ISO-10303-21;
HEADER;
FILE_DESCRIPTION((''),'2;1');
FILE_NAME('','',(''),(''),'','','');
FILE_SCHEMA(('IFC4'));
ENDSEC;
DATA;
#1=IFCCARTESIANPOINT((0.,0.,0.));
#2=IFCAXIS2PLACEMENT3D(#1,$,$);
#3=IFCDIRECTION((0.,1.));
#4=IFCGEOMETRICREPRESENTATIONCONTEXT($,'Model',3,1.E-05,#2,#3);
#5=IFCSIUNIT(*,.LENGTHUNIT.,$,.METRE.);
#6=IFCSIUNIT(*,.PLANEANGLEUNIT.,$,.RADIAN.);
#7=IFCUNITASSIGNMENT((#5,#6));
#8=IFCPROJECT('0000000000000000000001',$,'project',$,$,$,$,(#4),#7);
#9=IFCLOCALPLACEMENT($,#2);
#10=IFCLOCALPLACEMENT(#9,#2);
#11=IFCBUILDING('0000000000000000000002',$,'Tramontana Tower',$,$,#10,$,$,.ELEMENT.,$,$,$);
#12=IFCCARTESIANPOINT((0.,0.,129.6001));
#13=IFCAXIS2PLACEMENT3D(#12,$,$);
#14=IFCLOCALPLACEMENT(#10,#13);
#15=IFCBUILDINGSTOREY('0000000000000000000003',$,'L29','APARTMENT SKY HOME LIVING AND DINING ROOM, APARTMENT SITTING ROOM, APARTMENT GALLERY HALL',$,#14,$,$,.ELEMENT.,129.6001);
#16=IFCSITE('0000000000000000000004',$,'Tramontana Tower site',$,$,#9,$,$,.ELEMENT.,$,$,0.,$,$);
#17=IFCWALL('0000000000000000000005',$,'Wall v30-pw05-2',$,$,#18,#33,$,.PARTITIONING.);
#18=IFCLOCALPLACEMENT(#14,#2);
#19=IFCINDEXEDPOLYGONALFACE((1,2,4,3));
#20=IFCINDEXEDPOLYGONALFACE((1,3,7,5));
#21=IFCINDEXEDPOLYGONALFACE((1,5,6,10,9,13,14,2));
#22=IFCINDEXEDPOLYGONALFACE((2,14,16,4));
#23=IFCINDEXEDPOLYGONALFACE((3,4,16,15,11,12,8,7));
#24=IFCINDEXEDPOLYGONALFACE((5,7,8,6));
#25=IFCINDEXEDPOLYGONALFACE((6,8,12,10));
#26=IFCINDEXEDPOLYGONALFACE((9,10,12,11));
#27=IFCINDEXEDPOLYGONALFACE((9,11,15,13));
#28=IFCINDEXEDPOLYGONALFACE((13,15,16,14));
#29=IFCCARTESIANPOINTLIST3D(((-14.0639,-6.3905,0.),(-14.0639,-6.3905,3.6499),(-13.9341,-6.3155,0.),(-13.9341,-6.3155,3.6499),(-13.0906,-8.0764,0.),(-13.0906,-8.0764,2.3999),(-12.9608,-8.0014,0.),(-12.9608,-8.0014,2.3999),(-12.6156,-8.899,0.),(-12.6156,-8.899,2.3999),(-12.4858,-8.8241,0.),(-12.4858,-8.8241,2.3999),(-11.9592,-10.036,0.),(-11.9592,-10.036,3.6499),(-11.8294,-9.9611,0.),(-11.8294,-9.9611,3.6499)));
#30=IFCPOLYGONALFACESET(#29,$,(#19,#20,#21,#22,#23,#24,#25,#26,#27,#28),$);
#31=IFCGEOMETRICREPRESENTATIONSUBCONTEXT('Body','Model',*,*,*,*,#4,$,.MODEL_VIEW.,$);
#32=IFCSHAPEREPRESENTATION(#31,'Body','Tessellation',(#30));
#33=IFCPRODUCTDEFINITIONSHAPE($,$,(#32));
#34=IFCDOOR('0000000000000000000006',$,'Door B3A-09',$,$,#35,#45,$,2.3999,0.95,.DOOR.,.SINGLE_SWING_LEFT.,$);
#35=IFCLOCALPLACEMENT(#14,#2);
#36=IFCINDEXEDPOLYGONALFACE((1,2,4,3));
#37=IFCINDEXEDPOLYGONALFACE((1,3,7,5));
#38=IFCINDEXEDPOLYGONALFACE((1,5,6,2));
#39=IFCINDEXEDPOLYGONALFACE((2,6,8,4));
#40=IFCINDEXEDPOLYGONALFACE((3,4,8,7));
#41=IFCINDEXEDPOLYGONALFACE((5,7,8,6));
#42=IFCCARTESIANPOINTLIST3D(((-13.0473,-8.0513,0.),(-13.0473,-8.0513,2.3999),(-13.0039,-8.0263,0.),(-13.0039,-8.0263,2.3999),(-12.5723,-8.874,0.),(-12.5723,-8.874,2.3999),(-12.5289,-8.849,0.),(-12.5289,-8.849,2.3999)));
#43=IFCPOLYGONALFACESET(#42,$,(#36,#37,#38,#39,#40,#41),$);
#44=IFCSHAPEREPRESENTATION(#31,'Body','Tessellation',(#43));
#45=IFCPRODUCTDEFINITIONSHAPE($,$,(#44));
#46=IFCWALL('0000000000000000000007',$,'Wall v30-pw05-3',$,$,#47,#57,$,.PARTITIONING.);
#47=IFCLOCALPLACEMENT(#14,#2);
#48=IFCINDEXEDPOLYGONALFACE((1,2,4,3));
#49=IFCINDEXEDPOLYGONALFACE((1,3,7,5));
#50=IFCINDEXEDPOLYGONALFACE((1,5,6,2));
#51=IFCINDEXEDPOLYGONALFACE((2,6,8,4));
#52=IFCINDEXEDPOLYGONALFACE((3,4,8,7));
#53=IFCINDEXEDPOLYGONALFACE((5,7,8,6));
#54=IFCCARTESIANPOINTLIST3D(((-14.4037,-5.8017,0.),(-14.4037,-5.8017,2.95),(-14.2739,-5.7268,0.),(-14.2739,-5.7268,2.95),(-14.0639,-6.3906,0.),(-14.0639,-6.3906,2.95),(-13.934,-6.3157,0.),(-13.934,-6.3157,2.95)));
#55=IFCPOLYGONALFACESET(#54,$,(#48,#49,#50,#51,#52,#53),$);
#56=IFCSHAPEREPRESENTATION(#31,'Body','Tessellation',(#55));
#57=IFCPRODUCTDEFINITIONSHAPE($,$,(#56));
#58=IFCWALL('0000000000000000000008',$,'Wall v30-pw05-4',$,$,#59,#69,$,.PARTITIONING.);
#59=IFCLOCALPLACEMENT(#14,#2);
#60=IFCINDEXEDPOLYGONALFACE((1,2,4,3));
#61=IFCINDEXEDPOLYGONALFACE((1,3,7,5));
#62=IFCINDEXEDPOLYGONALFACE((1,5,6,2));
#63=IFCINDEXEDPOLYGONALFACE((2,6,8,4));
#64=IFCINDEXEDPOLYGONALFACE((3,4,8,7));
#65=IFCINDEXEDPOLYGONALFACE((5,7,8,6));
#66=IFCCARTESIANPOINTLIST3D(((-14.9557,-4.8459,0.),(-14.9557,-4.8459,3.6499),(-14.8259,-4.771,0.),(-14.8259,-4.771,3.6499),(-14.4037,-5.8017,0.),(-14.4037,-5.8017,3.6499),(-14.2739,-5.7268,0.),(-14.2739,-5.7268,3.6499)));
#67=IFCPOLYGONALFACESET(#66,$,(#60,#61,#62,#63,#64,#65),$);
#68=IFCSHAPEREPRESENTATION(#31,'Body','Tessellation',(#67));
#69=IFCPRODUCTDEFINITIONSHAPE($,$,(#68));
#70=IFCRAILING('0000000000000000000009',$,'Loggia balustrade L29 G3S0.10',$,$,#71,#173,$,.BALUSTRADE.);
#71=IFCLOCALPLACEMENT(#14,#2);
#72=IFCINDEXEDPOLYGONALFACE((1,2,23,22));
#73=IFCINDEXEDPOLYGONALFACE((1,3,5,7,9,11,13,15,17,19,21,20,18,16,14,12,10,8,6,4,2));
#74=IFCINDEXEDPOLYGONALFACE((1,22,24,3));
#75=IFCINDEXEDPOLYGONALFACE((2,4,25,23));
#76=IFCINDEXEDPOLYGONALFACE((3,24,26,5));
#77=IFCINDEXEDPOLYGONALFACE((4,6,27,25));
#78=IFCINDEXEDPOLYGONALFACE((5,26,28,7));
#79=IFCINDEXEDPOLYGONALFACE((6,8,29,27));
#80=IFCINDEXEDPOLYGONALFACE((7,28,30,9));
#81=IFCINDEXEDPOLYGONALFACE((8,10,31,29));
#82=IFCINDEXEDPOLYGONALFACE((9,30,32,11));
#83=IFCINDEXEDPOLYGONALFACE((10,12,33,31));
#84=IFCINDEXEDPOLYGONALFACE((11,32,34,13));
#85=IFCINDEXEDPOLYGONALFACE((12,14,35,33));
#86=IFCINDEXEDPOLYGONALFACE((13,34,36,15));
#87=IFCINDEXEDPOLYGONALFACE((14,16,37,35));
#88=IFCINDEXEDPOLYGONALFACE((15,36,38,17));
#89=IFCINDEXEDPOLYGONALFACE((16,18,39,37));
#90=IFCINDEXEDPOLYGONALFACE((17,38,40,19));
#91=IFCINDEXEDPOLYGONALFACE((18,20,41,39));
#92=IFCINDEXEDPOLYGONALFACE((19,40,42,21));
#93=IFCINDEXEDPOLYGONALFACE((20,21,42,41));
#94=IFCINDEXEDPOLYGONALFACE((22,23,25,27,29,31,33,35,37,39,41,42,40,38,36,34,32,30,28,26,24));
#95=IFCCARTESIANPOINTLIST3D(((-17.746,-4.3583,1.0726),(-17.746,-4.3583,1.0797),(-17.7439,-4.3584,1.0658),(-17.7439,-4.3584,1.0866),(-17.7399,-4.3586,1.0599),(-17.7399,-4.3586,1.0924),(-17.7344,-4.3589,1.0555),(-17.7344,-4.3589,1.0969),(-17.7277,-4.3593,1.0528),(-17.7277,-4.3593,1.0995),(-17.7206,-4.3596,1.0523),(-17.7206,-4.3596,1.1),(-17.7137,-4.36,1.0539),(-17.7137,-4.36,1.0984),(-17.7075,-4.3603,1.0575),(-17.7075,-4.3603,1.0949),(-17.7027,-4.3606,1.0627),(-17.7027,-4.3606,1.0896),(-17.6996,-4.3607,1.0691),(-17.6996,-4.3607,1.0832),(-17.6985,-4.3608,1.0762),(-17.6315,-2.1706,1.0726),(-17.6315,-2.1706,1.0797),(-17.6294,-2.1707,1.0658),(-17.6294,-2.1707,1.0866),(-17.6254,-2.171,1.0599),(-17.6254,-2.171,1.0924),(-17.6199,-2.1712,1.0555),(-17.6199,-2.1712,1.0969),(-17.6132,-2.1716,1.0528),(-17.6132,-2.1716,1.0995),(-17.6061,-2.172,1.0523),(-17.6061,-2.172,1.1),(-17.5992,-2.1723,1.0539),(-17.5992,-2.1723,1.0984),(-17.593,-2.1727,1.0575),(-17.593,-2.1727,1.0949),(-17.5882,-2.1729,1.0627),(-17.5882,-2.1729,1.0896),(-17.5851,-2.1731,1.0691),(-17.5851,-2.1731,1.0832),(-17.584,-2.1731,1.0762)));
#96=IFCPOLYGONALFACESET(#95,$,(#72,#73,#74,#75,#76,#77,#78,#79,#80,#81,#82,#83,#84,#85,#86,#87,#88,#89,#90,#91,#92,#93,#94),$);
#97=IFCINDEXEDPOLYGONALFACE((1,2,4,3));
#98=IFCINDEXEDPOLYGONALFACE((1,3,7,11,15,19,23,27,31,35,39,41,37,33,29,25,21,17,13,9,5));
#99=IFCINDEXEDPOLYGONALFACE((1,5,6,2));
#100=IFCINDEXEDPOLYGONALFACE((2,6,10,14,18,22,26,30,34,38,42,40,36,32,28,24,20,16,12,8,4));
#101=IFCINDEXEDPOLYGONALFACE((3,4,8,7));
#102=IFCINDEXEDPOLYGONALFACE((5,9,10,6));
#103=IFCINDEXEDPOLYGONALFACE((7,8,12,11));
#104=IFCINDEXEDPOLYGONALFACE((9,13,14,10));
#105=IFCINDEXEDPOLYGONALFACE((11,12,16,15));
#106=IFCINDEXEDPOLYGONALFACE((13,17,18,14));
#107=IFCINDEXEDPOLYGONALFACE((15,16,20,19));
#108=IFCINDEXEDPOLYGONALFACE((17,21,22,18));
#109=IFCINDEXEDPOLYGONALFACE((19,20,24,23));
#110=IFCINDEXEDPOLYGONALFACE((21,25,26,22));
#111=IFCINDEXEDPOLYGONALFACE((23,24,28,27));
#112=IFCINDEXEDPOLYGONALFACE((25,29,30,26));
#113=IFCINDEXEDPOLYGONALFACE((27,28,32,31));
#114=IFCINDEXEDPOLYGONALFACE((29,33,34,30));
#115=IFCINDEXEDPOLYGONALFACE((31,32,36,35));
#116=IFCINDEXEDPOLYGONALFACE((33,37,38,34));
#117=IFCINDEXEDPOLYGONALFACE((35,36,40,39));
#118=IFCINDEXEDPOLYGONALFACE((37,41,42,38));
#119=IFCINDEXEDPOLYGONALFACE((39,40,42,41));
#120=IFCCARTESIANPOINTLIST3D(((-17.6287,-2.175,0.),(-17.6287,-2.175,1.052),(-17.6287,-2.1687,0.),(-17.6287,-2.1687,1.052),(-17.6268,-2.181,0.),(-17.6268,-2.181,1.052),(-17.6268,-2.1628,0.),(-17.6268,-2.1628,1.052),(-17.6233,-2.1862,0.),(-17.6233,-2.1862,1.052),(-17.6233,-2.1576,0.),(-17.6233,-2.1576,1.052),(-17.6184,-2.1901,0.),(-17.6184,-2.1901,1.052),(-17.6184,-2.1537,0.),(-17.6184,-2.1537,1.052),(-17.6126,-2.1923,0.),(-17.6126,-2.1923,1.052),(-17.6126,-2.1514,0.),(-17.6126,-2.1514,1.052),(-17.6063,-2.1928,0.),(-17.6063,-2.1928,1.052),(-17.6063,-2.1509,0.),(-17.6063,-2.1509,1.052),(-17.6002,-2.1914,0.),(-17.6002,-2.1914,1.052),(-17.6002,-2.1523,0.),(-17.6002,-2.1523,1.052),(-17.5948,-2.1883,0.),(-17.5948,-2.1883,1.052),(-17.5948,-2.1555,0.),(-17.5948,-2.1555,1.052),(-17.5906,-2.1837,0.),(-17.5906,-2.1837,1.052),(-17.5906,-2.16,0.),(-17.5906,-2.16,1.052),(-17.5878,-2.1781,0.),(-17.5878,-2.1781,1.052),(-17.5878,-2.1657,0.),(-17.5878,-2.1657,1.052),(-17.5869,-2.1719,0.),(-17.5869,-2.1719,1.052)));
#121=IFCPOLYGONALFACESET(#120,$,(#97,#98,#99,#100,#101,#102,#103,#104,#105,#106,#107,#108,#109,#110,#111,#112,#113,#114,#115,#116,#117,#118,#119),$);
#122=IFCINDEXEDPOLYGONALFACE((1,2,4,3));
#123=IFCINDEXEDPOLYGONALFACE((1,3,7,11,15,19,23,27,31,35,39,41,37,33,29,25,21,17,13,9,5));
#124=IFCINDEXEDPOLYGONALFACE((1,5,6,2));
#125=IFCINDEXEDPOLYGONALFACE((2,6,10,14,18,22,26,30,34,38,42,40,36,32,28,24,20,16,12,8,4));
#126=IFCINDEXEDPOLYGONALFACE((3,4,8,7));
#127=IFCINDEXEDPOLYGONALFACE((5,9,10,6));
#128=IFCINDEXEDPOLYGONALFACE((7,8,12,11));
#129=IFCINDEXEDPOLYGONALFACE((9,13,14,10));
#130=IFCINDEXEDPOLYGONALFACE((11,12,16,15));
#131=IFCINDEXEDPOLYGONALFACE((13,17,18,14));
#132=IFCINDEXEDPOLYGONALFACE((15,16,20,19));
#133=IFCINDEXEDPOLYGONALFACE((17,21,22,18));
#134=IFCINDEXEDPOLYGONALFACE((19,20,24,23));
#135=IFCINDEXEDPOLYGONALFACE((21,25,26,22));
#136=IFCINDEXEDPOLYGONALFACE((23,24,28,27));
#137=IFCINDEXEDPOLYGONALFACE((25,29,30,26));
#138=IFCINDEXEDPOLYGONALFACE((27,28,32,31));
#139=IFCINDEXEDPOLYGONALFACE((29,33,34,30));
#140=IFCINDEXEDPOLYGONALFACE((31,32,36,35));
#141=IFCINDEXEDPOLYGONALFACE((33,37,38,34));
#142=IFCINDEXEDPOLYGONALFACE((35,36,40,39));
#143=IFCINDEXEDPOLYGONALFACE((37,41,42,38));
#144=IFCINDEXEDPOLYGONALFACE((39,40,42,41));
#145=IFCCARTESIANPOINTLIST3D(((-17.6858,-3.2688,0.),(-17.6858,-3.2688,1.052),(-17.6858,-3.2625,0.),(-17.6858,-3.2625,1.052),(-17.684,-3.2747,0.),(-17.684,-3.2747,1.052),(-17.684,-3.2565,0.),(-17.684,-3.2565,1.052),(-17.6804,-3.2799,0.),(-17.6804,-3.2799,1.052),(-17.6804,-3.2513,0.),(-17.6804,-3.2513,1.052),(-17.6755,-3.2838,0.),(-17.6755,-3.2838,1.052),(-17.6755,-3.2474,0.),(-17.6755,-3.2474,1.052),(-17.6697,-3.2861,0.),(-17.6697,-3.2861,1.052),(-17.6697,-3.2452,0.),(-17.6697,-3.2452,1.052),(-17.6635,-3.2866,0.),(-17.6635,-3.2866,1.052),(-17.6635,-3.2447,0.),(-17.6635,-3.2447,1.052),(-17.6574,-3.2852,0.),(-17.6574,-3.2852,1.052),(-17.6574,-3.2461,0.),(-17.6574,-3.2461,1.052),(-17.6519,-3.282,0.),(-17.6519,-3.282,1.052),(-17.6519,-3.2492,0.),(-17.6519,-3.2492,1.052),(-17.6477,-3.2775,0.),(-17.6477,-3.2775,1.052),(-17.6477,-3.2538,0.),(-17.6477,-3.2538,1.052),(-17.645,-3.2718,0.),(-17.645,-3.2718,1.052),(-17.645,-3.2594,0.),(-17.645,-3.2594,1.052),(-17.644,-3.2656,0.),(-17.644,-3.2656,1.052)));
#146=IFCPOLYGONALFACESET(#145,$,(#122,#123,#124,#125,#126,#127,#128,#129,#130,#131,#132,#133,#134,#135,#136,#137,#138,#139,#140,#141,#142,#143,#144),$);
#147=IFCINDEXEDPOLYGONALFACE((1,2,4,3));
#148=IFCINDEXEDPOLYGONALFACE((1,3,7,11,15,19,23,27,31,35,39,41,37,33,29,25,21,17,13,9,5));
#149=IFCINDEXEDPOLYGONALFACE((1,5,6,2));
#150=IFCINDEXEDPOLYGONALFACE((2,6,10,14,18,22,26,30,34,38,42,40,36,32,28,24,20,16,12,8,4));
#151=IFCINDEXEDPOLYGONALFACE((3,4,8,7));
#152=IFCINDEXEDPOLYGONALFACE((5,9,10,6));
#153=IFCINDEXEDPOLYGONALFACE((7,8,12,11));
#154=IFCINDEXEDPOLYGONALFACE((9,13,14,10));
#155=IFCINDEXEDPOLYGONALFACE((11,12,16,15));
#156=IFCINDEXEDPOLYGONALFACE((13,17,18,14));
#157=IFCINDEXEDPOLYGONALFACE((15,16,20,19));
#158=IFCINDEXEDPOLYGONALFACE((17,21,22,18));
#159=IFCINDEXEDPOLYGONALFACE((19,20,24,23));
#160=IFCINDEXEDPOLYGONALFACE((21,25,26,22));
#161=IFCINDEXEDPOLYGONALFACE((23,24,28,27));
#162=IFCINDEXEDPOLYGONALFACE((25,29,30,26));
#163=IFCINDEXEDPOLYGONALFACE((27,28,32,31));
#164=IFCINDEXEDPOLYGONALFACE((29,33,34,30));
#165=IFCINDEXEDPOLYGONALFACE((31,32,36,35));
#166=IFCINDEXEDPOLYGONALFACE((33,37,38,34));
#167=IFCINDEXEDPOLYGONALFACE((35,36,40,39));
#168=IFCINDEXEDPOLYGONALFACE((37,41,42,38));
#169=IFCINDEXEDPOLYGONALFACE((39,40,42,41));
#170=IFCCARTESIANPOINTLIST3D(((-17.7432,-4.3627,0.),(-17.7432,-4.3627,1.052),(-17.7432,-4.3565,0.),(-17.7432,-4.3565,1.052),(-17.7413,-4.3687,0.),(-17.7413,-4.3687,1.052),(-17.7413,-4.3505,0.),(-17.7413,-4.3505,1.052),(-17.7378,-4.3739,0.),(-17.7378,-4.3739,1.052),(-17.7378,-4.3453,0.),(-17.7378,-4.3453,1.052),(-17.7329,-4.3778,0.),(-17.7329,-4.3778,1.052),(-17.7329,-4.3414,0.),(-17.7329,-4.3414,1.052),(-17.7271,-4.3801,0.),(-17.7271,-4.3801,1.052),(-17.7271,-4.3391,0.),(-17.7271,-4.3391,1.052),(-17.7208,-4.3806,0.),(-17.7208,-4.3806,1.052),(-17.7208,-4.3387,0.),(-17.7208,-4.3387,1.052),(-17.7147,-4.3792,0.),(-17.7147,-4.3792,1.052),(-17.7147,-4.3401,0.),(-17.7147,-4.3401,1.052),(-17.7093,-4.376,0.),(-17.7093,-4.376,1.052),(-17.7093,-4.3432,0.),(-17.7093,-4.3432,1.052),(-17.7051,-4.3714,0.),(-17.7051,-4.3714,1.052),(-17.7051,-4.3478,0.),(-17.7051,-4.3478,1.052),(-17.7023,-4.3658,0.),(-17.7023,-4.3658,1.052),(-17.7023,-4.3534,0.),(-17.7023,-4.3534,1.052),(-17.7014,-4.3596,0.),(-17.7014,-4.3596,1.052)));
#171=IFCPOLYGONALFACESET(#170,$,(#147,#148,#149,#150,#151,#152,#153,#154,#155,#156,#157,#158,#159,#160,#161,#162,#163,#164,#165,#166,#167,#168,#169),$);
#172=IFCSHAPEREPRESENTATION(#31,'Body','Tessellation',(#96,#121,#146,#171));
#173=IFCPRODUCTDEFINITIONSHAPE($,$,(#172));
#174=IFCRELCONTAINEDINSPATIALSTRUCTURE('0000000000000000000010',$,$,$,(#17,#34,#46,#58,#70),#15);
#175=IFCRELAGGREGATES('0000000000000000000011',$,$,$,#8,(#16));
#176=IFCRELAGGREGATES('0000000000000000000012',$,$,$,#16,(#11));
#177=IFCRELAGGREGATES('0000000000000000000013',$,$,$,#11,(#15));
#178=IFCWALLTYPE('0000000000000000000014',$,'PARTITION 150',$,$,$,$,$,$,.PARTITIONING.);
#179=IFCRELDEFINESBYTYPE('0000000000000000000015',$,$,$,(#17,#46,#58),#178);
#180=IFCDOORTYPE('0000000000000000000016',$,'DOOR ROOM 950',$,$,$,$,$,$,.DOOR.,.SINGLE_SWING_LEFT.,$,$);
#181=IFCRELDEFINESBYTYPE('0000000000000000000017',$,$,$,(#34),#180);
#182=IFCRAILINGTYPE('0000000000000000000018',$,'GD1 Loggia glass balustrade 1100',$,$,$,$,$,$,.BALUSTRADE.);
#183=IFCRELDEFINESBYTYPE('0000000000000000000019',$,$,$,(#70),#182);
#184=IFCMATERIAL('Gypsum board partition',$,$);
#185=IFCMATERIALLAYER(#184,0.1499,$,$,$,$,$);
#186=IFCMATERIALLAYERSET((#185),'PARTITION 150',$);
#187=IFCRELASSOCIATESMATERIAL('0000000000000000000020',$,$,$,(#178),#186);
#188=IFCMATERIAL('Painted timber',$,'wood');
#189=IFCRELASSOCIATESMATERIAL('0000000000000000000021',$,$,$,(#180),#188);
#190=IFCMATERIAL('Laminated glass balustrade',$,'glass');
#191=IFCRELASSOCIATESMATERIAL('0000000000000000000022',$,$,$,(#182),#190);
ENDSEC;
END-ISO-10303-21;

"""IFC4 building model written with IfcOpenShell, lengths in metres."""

from ifc_helpers import new_model, si_unit, direction, frame, frame_2d, origin, origin_2d, place, context, subcontext, project, spatial, rectangle, circle, extrude, material, layer, layer_set, type_object, element, fill, save


model = new_model("IFC4")

# Units and contexts
model_context = context("Model", 3, precision=1e-05, world=origin(), true_north=direction((0.0, 1.0)))
body_context = subcontext(model_context, "Body", "Model", "MODEL_VIEW")
ifc_project = project(units=[si_unit("LENGTHUNIT", "METRE"), si_unit("PLANEANGLEUNIT", "RADIAN")], contexts=[model_context])

# Site, building, storey
site_placement = place(None, origin())
site = spatial("IfcSite", under=ifc_project, at=site_placement, Name="Tramontana Tower site", CompositionType="ELEMENT", RefElevation=0.0)
building_placement = place(site_placement, origin())
building = spatial("IfcBuilding", under=site, at=building_placement, Name="Tramontana Tower", CompositionType="ELEMENT")
storey_placement = place(building_placement, frame((0.0, 0.0, 129.6001)))
storey = spatial("IfcBuildingStorey", under=building, at=storey_placement, Name="L29", Description="APARTMENT SKY HOME LIVING AND DINING ROOM, APARTMENT SITTING ROOM, APARTMENT GALLERY HALL", CompositionType="ELEMENT", Elevation=129.6001)

# Shared definitions
ifc_material_1 = material(Name="Gypsum board partition")
ifc_layer_1 = layer(ifc_material_1, 0.1499)
ifc_layer_set_1 = layer_set([ifc_layer_1], Name="PARTITION 150")
wall_type_1 = type_object("IfcWallType", Name="PARTITION 150", PredefinedType="PARTITIONING", material=ifc_layer_set_1)

# Wall, opening, door
wall_1_placement = place(storey_placement, frame((-11.8943, -9.9985, 0.0), z_axis=(0.0, 0.0, 1.0), x_axis=(-0.5, 0.866025, 0.0)))
wall_1 = element("IfcWall", 1, at=wall_1_placement, inside=storey, type_object=wall_type_1, Name="Wall v30-pw05-2", PredefinedType="PARTITIONING", context=body_context, shape_type="SweptSolid", body=[
    extrude(rectangle(XDim=4.2095, YDim=0.1499, at=frame_2d((2.1047, 0.0))), origin(), (0.0, 0.0, 1.0), 3.6499),
])
opening_1_placement = place(wall_1_placement, frame((1.3127, 0.0, 0.0)))
opening_1 = element("IfcOpeningElement", 2, at=opening_1_placement, cuts=wall_1, PredefinedType="OPENING", context=body_context, shape_type="SweptSolid", body=[
    extrude(rectangle(XDim=0.95, YDim=2.3999, at=frame_2d((0.4751, 1.2))), frame((0.0, 0.085, 0.0), z_axis=(0.0, -1.0, 0.0), x_axis=(1.0, 0.0, 0.0)), (0.0, 0.0, 1.0), 0.1699),
])
ifc_material_2 = material(Name="Painted timber", Category="wood")
door_type_1 = type_object("IfcDoorType", Name="DOOR ROOM 950", OperationType="SINGLE_SWING_LEFT", PredefinedType="DOOR", material=ifc_material_2)
door_1_placement = place(opening_1_placement, origin())
door_1 = element("IfcDoor", 3, at=door_1_placement, inside=storey, type_object=door_type_1, Name="Door B3A-09", OperationType="SINGLE_SWING_LEFT", OverallHeight=2.3999, OverallWidth=0.95, PredefinedType="DOOR", context=body_context, shape_type="SweptSolid", body=[
    extrude(rectangle(XDim=0.95, YDim=2.3999, at=frame_2d((0.4751, 1.2))), frame((0.0, 0.0249, 0.0), z_axis=(0.0, -1.0, 0.0), x_axis=(1.0, 0.0, 0.0)), (0.0, 0.0, 1.0), 0.05),
])
fill(opening_1, door_1)

# Walls
wall_2_placement = place(storey_placement, frame((-13.999, -6.353, 0.0), z_axis=(0.0, 0.0, 1.0), x_axis=(-0.499847, 0.866114, 0.0)))
element("IfcWall", 4, at=wall_2_placement, inside=storey, type_object=wall_type_1, Name="Wall v30-pw05-3", PredefinedType="PARTITIONING", context=body_context, shape_type="SweptSolid", body=[
    extrude(rectangle(XDim=0.6799, YDim=0.1499, at=frame_2d((0.3398, 0.0))), origin(), (0.0, 0.0, 1.0), 2.95),
])
wall_3_placement = place(storey_placement, frame((-14.3389, -5.7642, 0.0), z_axis=(0.0, 0.0, 1.0), x_axis=(-0.500112, 0.865961, 0.0)))
element("IfcWall", 5, at=wall_3_placement, inside=storey, type_object=wall_type_1, Name="Wall v30-pw05-4", PredefinedType="PARTITIONING", context=body_context, shape_type="SweptSolid", body=[
    extrude(rectangle(XDim=1.1038, YDim=0.1499, at=frame_2d((0.5518, 0.0))), origin(), (0.0, 0.0, 1.0), 3.6499),
])

# Railing
ifc_material_3 = material(Name="Laminated glass balustrade", Category="glass")
railing_type = type_object("IfcRailingType", Name="GD1 Loggia glass balustrade 1100", PredefinedType="BALUSTRADE", material=ifc_material_3)
railing_placement = place(storey_placement, frame((-17.6079, -2.1719, 0.0)))
element("IfcRailing", 6, at=railing_placement, inside=storey, type_object=railing_type, Name="Loggia balustrade L29 G3S0.10", PredefinedType="BALUSTRADE", context=body_context, shape_type="SweptSolid", body=[
    extrude(circle(Radius=0.0239, at=origin_2d()), frame((0.0, 0.0, 1.0762), z_axis=(-0.052266, -0.998633, 0.0), x_axis=(0.998633, -0.052266, 0.0)), (0.0, 0.0, 1.0), 2.1907),
    extrude(circle(Radius=0.021, at=origin_2d()), origin(), (0.0, 0.0, 1.0), 1.052),
    extrude(circle(Radius=0.021, at=origin_2d()), frame((-0.0571, -1.0938, 0.0)), (0.0, 0.0, 1.0), 1.052),
    extrude(circle(Radius=0.021, at=origin_2d()), frame((-0.1145, -2.1877, 0.0)), (0.0, 0.0, 1.0), 1.052),
])

save(model, "model.ifc")
